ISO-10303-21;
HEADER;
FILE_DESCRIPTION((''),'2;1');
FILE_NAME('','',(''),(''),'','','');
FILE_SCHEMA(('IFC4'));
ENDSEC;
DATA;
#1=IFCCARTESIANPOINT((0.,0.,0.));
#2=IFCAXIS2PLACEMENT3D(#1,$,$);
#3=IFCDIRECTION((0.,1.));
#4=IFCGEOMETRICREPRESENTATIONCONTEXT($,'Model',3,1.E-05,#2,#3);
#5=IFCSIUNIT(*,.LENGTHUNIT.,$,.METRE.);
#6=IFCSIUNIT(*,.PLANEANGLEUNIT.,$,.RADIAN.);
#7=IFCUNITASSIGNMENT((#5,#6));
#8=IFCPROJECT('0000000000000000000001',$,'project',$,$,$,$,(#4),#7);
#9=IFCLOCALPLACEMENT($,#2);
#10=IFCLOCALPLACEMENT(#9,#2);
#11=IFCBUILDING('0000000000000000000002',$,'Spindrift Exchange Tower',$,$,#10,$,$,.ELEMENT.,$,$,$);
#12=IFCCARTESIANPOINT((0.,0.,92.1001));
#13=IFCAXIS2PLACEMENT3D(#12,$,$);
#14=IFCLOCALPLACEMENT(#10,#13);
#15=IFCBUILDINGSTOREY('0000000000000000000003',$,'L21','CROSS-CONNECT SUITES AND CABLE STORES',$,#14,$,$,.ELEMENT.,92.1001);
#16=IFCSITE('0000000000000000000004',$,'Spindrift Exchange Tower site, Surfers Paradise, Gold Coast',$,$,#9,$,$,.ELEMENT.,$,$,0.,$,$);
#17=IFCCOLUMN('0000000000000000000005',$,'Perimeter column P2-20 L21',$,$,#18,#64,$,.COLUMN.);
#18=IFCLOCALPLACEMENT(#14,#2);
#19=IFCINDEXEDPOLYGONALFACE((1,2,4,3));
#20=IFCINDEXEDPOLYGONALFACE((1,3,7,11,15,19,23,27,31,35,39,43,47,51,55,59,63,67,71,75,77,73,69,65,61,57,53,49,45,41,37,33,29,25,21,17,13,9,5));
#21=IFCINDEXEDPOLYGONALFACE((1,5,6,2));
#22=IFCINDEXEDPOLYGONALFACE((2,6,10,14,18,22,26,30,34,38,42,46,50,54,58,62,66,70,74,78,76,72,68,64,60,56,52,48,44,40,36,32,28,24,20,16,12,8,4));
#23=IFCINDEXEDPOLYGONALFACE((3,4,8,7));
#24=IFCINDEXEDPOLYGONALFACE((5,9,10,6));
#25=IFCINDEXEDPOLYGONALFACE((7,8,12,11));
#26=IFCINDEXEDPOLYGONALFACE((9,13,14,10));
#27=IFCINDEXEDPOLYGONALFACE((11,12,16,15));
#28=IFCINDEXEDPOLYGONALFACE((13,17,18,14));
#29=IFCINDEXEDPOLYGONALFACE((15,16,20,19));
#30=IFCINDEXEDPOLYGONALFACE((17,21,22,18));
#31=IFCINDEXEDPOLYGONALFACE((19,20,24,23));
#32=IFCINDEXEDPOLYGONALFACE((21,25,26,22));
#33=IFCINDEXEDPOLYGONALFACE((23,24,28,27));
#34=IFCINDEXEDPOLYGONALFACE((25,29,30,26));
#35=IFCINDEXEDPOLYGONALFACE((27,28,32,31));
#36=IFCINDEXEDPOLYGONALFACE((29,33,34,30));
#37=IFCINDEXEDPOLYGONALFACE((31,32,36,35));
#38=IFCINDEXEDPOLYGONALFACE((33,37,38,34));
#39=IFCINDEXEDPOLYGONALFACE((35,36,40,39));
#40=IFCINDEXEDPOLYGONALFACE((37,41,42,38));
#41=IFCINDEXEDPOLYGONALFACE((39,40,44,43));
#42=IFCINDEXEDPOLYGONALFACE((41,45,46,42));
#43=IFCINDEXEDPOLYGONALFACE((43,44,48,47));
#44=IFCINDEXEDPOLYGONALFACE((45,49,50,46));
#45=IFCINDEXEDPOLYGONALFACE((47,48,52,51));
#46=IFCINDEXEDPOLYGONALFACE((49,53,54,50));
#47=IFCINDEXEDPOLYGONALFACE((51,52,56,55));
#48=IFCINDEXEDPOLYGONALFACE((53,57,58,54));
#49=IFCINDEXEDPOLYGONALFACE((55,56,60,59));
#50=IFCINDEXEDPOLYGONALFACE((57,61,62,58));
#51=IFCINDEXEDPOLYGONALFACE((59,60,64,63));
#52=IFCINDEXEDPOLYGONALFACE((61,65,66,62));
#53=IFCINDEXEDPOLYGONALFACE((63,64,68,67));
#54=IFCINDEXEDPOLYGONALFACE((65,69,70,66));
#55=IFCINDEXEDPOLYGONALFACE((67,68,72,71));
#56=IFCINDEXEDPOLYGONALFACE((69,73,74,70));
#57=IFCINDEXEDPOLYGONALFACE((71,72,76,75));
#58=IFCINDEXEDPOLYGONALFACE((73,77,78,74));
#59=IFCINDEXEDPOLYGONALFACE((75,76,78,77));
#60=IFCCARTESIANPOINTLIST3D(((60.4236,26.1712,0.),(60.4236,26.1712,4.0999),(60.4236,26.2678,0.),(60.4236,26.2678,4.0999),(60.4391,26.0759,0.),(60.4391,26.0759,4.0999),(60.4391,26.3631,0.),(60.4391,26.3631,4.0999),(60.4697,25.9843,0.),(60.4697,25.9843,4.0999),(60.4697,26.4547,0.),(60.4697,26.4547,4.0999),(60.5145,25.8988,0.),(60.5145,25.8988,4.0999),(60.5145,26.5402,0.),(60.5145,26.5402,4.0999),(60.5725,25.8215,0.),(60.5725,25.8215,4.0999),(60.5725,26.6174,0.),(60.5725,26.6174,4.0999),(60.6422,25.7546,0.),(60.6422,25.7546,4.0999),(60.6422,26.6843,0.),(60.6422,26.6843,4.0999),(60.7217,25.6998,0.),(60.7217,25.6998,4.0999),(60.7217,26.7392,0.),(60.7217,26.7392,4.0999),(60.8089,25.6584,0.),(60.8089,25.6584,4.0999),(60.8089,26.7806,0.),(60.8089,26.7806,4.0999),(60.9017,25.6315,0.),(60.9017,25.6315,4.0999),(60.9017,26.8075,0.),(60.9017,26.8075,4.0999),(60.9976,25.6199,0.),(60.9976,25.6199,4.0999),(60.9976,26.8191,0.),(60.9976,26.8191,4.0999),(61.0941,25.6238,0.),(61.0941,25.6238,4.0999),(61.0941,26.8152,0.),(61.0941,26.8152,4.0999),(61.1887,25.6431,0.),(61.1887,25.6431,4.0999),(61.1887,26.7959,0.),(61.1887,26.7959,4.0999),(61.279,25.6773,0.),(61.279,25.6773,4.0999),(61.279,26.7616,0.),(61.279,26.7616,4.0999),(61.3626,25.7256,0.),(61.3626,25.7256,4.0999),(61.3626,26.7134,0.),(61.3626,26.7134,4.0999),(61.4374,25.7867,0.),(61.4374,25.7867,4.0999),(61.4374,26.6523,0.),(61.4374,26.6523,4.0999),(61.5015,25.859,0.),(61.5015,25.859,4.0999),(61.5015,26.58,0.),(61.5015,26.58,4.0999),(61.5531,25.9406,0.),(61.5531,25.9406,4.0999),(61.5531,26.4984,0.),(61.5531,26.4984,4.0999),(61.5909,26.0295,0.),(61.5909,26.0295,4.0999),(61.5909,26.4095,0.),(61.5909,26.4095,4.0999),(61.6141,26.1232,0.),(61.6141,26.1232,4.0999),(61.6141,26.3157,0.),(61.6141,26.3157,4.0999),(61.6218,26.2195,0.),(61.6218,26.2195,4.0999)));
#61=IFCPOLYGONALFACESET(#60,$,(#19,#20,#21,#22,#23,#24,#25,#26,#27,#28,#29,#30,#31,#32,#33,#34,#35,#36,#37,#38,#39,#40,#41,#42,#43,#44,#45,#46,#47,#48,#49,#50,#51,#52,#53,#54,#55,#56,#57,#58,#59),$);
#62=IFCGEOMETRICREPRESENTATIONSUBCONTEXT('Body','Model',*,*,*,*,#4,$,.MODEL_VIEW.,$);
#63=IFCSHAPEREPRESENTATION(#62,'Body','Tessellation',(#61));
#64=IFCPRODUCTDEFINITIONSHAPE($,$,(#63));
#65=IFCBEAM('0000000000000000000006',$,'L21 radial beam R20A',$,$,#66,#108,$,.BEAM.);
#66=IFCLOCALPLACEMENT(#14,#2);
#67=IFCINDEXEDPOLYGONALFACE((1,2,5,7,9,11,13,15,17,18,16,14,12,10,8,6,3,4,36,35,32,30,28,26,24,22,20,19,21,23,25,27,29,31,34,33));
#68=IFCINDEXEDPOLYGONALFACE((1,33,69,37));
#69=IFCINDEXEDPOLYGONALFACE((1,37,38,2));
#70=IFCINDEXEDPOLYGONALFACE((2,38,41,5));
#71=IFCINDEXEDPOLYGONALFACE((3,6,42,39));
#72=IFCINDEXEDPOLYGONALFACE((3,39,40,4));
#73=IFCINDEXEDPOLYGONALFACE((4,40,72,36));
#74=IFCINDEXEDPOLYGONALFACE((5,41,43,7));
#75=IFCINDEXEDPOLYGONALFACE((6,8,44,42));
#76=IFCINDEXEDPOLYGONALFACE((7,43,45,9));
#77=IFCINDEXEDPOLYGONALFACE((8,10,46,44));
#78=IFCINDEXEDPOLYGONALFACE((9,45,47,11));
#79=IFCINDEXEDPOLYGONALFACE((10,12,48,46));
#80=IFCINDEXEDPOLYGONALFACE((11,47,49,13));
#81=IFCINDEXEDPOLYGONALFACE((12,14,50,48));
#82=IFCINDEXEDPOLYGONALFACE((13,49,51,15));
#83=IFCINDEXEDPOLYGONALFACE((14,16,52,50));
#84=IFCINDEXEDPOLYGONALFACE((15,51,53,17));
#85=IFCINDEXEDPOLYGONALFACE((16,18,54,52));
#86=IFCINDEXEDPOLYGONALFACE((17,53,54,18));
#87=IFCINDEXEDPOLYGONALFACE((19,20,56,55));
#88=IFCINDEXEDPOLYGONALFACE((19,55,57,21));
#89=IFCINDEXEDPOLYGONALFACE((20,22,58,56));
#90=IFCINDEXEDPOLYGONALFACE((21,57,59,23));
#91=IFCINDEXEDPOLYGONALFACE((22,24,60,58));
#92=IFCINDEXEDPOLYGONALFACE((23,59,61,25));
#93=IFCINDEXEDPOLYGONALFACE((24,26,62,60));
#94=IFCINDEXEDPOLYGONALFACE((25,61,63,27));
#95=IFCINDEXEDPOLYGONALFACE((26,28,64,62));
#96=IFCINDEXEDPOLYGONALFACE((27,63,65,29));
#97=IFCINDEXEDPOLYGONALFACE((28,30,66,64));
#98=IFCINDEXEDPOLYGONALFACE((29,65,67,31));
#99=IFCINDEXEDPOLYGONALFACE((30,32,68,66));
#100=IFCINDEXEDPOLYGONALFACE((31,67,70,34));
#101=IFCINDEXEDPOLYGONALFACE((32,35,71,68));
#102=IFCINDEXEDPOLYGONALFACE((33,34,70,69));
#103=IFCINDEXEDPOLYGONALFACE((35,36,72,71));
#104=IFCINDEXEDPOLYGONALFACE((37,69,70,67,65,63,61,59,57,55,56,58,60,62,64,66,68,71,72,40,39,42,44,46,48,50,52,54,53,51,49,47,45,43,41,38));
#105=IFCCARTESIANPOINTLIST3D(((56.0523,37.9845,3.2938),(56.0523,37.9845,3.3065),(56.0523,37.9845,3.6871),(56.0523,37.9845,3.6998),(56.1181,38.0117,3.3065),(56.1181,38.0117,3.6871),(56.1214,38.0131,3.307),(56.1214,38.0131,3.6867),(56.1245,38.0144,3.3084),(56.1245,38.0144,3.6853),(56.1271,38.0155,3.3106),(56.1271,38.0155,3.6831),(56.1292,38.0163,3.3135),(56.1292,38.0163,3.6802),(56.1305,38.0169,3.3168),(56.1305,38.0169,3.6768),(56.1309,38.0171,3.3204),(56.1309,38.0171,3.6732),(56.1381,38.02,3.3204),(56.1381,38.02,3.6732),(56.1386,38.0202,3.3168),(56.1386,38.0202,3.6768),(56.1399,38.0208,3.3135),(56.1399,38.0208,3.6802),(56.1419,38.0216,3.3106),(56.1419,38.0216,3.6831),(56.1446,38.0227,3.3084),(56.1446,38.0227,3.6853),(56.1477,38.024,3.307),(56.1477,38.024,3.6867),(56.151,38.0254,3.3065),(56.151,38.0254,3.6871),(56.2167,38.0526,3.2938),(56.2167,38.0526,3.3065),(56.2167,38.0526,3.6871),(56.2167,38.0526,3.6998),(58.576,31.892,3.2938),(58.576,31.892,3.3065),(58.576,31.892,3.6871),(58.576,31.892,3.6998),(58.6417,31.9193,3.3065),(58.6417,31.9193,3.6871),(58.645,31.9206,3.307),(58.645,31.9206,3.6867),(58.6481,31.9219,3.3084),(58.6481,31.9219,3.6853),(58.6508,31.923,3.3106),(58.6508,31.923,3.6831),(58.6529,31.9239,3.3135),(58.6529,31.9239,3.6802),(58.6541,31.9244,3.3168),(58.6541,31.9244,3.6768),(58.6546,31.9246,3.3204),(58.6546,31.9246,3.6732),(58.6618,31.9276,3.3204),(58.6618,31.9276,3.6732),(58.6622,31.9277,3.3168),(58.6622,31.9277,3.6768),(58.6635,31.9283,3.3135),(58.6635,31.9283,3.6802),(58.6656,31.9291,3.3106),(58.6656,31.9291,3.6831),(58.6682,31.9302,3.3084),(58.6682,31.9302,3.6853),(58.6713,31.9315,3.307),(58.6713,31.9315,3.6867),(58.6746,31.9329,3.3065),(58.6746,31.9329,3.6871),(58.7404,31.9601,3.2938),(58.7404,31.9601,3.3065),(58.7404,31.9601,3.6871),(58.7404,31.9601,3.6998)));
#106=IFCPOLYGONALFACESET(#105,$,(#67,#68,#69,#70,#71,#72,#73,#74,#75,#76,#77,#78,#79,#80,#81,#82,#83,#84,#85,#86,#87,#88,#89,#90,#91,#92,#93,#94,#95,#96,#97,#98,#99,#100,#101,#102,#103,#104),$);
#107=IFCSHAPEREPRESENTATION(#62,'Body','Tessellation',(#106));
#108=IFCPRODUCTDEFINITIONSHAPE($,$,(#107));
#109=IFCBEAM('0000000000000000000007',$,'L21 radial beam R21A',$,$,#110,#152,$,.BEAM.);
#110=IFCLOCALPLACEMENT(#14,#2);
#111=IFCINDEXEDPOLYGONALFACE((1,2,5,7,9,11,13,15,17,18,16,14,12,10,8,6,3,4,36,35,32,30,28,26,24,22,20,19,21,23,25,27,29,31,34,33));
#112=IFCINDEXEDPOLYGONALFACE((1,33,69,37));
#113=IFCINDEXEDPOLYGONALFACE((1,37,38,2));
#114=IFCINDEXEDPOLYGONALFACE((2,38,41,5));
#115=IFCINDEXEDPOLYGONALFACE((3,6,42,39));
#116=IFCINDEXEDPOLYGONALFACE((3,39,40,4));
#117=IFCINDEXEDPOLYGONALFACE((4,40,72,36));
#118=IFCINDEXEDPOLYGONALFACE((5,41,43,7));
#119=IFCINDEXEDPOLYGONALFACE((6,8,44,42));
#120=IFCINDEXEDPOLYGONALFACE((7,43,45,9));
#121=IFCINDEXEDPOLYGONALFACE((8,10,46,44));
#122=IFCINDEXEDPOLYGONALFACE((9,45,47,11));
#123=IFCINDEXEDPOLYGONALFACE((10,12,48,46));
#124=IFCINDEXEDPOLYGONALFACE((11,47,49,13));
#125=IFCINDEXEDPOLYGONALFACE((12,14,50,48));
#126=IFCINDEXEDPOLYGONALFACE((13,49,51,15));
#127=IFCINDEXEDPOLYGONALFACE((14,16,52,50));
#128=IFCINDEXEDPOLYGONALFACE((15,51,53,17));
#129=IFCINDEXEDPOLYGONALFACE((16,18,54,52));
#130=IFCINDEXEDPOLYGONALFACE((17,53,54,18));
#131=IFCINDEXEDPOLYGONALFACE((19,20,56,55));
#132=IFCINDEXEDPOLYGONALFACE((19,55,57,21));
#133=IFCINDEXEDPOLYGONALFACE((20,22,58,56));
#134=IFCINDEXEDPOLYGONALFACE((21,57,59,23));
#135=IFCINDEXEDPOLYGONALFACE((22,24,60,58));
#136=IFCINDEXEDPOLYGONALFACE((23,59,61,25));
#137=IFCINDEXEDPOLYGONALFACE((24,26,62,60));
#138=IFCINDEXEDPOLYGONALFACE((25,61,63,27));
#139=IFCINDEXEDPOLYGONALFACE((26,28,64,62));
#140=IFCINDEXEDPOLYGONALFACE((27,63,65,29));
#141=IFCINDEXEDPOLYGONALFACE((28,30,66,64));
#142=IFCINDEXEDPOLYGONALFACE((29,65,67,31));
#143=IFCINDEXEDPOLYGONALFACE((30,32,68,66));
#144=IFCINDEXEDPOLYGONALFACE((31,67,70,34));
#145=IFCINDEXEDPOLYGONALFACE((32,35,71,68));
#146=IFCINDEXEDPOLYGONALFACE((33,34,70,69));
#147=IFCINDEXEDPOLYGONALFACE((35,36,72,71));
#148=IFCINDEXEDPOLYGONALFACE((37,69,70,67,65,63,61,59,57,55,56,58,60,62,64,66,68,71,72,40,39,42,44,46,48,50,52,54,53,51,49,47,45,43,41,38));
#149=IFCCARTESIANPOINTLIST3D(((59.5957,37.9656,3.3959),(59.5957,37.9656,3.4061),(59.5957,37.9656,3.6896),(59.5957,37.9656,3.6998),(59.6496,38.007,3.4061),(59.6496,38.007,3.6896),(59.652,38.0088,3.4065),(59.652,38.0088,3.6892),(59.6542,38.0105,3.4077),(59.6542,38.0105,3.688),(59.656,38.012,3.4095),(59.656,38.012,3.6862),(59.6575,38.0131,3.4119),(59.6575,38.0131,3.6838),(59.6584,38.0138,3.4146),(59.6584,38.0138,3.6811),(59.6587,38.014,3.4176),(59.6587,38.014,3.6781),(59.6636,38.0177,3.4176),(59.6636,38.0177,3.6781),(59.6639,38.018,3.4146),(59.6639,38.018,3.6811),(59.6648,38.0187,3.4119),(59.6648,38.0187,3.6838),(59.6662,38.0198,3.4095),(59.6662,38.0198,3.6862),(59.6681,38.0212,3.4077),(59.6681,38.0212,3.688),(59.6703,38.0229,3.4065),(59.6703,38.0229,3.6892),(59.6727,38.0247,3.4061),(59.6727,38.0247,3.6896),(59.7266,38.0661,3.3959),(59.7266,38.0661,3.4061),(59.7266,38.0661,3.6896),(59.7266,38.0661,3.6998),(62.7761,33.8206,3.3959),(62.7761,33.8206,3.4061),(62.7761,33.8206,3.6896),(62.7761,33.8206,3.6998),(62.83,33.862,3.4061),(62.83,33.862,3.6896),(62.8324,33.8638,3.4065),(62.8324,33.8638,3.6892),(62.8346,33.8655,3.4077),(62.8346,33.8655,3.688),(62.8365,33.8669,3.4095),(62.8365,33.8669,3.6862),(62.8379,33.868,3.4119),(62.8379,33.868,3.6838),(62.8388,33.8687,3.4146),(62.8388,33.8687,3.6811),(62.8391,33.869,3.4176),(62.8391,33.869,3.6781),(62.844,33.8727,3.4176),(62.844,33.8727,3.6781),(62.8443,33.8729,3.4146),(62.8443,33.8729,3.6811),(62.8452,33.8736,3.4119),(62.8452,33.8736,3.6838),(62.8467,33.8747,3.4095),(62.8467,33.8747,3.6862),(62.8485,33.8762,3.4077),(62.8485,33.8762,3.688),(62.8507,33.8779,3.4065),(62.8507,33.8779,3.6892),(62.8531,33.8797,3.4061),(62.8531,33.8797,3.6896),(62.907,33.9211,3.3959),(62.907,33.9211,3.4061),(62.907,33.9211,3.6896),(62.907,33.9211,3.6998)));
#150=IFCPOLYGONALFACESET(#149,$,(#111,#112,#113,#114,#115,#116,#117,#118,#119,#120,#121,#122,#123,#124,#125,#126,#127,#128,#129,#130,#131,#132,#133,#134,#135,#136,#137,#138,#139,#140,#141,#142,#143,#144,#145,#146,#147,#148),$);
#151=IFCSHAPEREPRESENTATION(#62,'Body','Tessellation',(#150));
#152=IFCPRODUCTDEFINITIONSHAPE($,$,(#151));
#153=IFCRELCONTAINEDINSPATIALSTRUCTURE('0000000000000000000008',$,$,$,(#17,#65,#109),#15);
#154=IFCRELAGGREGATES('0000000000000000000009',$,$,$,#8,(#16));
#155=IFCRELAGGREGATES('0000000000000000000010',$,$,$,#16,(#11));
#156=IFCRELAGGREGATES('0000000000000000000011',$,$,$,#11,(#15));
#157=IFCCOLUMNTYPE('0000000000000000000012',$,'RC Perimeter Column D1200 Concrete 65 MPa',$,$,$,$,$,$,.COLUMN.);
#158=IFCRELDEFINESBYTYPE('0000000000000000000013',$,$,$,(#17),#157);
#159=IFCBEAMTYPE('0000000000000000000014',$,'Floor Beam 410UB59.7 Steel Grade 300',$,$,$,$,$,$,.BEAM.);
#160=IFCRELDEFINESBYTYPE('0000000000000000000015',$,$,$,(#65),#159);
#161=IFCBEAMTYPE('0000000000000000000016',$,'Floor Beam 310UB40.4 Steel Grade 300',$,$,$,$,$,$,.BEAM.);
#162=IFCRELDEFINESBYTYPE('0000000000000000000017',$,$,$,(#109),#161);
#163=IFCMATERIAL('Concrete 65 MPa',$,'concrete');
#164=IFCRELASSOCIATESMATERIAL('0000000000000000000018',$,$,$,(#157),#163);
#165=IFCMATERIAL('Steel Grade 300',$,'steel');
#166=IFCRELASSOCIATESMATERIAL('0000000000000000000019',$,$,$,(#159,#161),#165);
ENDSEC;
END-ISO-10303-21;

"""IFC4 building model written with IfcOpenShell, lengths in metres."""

from ifc_helpers import new_model, si_unit, direction, frame, origin, origin_2d, place, context, subcontext, project, spatial, circle, i_section, extrude, source, transform, mapped, material, material_profile, profile_set, type_object, element, save


model = new_model("IFC4")

# Units and contexts
model_context = context("Model", 3, precision=1e-05, world=origin(), true_north=direction((0.0, 1.0)))
body_context = subcontext(model_context, "Body", "Model", "MODEL_VIEW")
ifc_project = project(units=[si_unit("LENGTHUNIT", "METRE"), si_unit("PLANEANGLEUNIT", "RADIAN")], contexts=[model_context])

# Site, building, storey
site_placement = place(None, origin())
site = spatial("IfcSite", under=ifc_project, at=site_placement, Name="Spindrift Exchange Tower site, Surfers Paradise, Gold Coast", CompositionType="ELEMENT", RefElevation=0.0)
building_placement = place(site_placement, origin())
building = spatial("IfcBuilding", under=site, at=building_placement, Name="Spindrift Exchange Tower", CompositionType="ELEMENT")
storey_placement = place(building_placement, frame((0.0, 0.0, 92.1001)))
storey = spatial("IfcBuildingStorey", under=building, at=storey_placement, Name="L21", Description="CROSS-CONNECT SUITES AND CABLE STORES", CompositionType="ELEMENT", Elevation=92.1001)

# Column
ifc_material_1 = material(Name="Concrete 65 MPa", Category="concrete")
ifc_material_profile_1 = material_profile(ifc_material_1, circle(Radius=0.6001, at=origin_2d()), Name="RC D1200")
ifc_profile_set_1 = profile_set([ifc_material_profile_1], Name="Concrete 65 MPa")
column_type_1 = type_object("IfcColumnType", Name="RC Perimeter Column D1200 Concrete 65 MPa", PredefinedType="COLUMN", material=ifc_profile_set_1)
shared_shape_1 = source(origin(), body_context, "Body", "SweptSolid", [
    extrude(circle(Radius=0.6001, at=origin_2d()), origin(), (0.0, 0.0, 1.0), 4.0999),
])
for number, where, z_axis, x_axis, name in (
    (1, (61.0217, 26.2195, 0.0), (0.0, 0.0, 1.0), (1.0, 0.0, 0.0), "Perimeter column P2-20 L21"),
):
    element("IfcColumn", number, at=place(storey_placement, frame(where, z_axis=z_axis, x_axis=x_axis)), inside=storey, type_object=column_type_1, Name=name, PredefinedType="COLUMN", context=body_context, shape_type="MappedRepresentation", body=[
        mapped(shared_shape_1, transform((0.0, 0.0, 0.0), scale=1.0)),
    ])

# Beams
ifc_material_2 = material(Name="Steel Grade 300", Category="steel")
ifc_material_profile_2 = material_profile(ifc_material_2, i_section(OverallWidth=0.178, OverallDepth=0.406, WebThickness=0.0078, FlangeThickness=0.0127, FilletRadius=0.0139, at=origin_2d()), Name="410UB59.7")
ifc_profile_set_2 = profile_set([ifc_material_profile_2], Name="Steel Grade 300")
beam_type_1 = type_object("IfcBeamType", Name="Floor Beam 410UB59.7 Steel Grade 300", PredefinedType="BEAM", material=ifc_profile_set_2)
shared_shape_2 = source(origin(), body_context, "Body", "SweptSolid", [
    extrude(i_section(OverallWidth=0.178, OverallDepth=0.406, WebThickness=0.0078, FlangeThickness=0.0127, FilletRadius=0.0139, at=origin_2d()), origin(), (0.0, 0.0, 1.0), 6.5945),
])
beam_1_placement = place(storey_placement, frame((56.1345, 38.0186, 3.4968), z_axis=(0.382693, -0.923876, 0.0), x_axis=(0.923876, 0.382693, 0.0)))
element("IfcBeam", 2, at=beam_1_placement, inside=storey, type_object=beam_type_1, Name="L21 radial beam R20A", PredefinedType="BEAM", context=body_context, shape_type="MappedRepresentation", body=[
    mapped(shared_shape_2, transform((0.0, 0.0, 0.0), scale=1.0)),
])
ifc_material_profile_3 = material_profile(ifc_material_2, i_section(OverallWidth=0.165, OverallDepth=0.304, WebThickness=0.0061, FlangeThickness=0.0103, FilletRadius=0.0115, at=origin_2d()), Name="310UB40.4")
ifc_profile_set_3 = profile_set([ifc_material_profile_3], Name="Steel Grade 300")
beam_type_2 = type_object("IfcBeamType", Name="Floor Beam 310UB40.4 Steel Grade 300", PredefinedType="BEAM", material=ifc_profile_set_3)
shared_shape_3 = source(origin(), body_context, "Body", "SweptSolid", [
    extrude(i_section(OverallWidth=0.165, OverallDepth=0.304, WebThickness=0.0061, FlangeThickness=0.0103, FilletRadius=0.0115, at=origin_2d()), origin(), (0.0, 0.0, 1.0), 5.2246),
])
beam_2_placement = place(storey_placement, frame((59.6611, 38.0159, 3.5479), z_axis=(0.608741, -0.793369, 0.0), x_axis=(0.793369, 0.608741, 0.0)))
element("IfcBeam", 3, at=beam_2_placement, inside=storey, type_object=beam_type_2, Name="L21 radial beam R21A", PredefinedType="BEAM", context=body_context, shape_type="MappedRepresentation", body=[
    mapped(shared_shape_3, transform((0.0, 0.0, 0.0), scale=1.0)),
])

save(model, "model.ifc")
